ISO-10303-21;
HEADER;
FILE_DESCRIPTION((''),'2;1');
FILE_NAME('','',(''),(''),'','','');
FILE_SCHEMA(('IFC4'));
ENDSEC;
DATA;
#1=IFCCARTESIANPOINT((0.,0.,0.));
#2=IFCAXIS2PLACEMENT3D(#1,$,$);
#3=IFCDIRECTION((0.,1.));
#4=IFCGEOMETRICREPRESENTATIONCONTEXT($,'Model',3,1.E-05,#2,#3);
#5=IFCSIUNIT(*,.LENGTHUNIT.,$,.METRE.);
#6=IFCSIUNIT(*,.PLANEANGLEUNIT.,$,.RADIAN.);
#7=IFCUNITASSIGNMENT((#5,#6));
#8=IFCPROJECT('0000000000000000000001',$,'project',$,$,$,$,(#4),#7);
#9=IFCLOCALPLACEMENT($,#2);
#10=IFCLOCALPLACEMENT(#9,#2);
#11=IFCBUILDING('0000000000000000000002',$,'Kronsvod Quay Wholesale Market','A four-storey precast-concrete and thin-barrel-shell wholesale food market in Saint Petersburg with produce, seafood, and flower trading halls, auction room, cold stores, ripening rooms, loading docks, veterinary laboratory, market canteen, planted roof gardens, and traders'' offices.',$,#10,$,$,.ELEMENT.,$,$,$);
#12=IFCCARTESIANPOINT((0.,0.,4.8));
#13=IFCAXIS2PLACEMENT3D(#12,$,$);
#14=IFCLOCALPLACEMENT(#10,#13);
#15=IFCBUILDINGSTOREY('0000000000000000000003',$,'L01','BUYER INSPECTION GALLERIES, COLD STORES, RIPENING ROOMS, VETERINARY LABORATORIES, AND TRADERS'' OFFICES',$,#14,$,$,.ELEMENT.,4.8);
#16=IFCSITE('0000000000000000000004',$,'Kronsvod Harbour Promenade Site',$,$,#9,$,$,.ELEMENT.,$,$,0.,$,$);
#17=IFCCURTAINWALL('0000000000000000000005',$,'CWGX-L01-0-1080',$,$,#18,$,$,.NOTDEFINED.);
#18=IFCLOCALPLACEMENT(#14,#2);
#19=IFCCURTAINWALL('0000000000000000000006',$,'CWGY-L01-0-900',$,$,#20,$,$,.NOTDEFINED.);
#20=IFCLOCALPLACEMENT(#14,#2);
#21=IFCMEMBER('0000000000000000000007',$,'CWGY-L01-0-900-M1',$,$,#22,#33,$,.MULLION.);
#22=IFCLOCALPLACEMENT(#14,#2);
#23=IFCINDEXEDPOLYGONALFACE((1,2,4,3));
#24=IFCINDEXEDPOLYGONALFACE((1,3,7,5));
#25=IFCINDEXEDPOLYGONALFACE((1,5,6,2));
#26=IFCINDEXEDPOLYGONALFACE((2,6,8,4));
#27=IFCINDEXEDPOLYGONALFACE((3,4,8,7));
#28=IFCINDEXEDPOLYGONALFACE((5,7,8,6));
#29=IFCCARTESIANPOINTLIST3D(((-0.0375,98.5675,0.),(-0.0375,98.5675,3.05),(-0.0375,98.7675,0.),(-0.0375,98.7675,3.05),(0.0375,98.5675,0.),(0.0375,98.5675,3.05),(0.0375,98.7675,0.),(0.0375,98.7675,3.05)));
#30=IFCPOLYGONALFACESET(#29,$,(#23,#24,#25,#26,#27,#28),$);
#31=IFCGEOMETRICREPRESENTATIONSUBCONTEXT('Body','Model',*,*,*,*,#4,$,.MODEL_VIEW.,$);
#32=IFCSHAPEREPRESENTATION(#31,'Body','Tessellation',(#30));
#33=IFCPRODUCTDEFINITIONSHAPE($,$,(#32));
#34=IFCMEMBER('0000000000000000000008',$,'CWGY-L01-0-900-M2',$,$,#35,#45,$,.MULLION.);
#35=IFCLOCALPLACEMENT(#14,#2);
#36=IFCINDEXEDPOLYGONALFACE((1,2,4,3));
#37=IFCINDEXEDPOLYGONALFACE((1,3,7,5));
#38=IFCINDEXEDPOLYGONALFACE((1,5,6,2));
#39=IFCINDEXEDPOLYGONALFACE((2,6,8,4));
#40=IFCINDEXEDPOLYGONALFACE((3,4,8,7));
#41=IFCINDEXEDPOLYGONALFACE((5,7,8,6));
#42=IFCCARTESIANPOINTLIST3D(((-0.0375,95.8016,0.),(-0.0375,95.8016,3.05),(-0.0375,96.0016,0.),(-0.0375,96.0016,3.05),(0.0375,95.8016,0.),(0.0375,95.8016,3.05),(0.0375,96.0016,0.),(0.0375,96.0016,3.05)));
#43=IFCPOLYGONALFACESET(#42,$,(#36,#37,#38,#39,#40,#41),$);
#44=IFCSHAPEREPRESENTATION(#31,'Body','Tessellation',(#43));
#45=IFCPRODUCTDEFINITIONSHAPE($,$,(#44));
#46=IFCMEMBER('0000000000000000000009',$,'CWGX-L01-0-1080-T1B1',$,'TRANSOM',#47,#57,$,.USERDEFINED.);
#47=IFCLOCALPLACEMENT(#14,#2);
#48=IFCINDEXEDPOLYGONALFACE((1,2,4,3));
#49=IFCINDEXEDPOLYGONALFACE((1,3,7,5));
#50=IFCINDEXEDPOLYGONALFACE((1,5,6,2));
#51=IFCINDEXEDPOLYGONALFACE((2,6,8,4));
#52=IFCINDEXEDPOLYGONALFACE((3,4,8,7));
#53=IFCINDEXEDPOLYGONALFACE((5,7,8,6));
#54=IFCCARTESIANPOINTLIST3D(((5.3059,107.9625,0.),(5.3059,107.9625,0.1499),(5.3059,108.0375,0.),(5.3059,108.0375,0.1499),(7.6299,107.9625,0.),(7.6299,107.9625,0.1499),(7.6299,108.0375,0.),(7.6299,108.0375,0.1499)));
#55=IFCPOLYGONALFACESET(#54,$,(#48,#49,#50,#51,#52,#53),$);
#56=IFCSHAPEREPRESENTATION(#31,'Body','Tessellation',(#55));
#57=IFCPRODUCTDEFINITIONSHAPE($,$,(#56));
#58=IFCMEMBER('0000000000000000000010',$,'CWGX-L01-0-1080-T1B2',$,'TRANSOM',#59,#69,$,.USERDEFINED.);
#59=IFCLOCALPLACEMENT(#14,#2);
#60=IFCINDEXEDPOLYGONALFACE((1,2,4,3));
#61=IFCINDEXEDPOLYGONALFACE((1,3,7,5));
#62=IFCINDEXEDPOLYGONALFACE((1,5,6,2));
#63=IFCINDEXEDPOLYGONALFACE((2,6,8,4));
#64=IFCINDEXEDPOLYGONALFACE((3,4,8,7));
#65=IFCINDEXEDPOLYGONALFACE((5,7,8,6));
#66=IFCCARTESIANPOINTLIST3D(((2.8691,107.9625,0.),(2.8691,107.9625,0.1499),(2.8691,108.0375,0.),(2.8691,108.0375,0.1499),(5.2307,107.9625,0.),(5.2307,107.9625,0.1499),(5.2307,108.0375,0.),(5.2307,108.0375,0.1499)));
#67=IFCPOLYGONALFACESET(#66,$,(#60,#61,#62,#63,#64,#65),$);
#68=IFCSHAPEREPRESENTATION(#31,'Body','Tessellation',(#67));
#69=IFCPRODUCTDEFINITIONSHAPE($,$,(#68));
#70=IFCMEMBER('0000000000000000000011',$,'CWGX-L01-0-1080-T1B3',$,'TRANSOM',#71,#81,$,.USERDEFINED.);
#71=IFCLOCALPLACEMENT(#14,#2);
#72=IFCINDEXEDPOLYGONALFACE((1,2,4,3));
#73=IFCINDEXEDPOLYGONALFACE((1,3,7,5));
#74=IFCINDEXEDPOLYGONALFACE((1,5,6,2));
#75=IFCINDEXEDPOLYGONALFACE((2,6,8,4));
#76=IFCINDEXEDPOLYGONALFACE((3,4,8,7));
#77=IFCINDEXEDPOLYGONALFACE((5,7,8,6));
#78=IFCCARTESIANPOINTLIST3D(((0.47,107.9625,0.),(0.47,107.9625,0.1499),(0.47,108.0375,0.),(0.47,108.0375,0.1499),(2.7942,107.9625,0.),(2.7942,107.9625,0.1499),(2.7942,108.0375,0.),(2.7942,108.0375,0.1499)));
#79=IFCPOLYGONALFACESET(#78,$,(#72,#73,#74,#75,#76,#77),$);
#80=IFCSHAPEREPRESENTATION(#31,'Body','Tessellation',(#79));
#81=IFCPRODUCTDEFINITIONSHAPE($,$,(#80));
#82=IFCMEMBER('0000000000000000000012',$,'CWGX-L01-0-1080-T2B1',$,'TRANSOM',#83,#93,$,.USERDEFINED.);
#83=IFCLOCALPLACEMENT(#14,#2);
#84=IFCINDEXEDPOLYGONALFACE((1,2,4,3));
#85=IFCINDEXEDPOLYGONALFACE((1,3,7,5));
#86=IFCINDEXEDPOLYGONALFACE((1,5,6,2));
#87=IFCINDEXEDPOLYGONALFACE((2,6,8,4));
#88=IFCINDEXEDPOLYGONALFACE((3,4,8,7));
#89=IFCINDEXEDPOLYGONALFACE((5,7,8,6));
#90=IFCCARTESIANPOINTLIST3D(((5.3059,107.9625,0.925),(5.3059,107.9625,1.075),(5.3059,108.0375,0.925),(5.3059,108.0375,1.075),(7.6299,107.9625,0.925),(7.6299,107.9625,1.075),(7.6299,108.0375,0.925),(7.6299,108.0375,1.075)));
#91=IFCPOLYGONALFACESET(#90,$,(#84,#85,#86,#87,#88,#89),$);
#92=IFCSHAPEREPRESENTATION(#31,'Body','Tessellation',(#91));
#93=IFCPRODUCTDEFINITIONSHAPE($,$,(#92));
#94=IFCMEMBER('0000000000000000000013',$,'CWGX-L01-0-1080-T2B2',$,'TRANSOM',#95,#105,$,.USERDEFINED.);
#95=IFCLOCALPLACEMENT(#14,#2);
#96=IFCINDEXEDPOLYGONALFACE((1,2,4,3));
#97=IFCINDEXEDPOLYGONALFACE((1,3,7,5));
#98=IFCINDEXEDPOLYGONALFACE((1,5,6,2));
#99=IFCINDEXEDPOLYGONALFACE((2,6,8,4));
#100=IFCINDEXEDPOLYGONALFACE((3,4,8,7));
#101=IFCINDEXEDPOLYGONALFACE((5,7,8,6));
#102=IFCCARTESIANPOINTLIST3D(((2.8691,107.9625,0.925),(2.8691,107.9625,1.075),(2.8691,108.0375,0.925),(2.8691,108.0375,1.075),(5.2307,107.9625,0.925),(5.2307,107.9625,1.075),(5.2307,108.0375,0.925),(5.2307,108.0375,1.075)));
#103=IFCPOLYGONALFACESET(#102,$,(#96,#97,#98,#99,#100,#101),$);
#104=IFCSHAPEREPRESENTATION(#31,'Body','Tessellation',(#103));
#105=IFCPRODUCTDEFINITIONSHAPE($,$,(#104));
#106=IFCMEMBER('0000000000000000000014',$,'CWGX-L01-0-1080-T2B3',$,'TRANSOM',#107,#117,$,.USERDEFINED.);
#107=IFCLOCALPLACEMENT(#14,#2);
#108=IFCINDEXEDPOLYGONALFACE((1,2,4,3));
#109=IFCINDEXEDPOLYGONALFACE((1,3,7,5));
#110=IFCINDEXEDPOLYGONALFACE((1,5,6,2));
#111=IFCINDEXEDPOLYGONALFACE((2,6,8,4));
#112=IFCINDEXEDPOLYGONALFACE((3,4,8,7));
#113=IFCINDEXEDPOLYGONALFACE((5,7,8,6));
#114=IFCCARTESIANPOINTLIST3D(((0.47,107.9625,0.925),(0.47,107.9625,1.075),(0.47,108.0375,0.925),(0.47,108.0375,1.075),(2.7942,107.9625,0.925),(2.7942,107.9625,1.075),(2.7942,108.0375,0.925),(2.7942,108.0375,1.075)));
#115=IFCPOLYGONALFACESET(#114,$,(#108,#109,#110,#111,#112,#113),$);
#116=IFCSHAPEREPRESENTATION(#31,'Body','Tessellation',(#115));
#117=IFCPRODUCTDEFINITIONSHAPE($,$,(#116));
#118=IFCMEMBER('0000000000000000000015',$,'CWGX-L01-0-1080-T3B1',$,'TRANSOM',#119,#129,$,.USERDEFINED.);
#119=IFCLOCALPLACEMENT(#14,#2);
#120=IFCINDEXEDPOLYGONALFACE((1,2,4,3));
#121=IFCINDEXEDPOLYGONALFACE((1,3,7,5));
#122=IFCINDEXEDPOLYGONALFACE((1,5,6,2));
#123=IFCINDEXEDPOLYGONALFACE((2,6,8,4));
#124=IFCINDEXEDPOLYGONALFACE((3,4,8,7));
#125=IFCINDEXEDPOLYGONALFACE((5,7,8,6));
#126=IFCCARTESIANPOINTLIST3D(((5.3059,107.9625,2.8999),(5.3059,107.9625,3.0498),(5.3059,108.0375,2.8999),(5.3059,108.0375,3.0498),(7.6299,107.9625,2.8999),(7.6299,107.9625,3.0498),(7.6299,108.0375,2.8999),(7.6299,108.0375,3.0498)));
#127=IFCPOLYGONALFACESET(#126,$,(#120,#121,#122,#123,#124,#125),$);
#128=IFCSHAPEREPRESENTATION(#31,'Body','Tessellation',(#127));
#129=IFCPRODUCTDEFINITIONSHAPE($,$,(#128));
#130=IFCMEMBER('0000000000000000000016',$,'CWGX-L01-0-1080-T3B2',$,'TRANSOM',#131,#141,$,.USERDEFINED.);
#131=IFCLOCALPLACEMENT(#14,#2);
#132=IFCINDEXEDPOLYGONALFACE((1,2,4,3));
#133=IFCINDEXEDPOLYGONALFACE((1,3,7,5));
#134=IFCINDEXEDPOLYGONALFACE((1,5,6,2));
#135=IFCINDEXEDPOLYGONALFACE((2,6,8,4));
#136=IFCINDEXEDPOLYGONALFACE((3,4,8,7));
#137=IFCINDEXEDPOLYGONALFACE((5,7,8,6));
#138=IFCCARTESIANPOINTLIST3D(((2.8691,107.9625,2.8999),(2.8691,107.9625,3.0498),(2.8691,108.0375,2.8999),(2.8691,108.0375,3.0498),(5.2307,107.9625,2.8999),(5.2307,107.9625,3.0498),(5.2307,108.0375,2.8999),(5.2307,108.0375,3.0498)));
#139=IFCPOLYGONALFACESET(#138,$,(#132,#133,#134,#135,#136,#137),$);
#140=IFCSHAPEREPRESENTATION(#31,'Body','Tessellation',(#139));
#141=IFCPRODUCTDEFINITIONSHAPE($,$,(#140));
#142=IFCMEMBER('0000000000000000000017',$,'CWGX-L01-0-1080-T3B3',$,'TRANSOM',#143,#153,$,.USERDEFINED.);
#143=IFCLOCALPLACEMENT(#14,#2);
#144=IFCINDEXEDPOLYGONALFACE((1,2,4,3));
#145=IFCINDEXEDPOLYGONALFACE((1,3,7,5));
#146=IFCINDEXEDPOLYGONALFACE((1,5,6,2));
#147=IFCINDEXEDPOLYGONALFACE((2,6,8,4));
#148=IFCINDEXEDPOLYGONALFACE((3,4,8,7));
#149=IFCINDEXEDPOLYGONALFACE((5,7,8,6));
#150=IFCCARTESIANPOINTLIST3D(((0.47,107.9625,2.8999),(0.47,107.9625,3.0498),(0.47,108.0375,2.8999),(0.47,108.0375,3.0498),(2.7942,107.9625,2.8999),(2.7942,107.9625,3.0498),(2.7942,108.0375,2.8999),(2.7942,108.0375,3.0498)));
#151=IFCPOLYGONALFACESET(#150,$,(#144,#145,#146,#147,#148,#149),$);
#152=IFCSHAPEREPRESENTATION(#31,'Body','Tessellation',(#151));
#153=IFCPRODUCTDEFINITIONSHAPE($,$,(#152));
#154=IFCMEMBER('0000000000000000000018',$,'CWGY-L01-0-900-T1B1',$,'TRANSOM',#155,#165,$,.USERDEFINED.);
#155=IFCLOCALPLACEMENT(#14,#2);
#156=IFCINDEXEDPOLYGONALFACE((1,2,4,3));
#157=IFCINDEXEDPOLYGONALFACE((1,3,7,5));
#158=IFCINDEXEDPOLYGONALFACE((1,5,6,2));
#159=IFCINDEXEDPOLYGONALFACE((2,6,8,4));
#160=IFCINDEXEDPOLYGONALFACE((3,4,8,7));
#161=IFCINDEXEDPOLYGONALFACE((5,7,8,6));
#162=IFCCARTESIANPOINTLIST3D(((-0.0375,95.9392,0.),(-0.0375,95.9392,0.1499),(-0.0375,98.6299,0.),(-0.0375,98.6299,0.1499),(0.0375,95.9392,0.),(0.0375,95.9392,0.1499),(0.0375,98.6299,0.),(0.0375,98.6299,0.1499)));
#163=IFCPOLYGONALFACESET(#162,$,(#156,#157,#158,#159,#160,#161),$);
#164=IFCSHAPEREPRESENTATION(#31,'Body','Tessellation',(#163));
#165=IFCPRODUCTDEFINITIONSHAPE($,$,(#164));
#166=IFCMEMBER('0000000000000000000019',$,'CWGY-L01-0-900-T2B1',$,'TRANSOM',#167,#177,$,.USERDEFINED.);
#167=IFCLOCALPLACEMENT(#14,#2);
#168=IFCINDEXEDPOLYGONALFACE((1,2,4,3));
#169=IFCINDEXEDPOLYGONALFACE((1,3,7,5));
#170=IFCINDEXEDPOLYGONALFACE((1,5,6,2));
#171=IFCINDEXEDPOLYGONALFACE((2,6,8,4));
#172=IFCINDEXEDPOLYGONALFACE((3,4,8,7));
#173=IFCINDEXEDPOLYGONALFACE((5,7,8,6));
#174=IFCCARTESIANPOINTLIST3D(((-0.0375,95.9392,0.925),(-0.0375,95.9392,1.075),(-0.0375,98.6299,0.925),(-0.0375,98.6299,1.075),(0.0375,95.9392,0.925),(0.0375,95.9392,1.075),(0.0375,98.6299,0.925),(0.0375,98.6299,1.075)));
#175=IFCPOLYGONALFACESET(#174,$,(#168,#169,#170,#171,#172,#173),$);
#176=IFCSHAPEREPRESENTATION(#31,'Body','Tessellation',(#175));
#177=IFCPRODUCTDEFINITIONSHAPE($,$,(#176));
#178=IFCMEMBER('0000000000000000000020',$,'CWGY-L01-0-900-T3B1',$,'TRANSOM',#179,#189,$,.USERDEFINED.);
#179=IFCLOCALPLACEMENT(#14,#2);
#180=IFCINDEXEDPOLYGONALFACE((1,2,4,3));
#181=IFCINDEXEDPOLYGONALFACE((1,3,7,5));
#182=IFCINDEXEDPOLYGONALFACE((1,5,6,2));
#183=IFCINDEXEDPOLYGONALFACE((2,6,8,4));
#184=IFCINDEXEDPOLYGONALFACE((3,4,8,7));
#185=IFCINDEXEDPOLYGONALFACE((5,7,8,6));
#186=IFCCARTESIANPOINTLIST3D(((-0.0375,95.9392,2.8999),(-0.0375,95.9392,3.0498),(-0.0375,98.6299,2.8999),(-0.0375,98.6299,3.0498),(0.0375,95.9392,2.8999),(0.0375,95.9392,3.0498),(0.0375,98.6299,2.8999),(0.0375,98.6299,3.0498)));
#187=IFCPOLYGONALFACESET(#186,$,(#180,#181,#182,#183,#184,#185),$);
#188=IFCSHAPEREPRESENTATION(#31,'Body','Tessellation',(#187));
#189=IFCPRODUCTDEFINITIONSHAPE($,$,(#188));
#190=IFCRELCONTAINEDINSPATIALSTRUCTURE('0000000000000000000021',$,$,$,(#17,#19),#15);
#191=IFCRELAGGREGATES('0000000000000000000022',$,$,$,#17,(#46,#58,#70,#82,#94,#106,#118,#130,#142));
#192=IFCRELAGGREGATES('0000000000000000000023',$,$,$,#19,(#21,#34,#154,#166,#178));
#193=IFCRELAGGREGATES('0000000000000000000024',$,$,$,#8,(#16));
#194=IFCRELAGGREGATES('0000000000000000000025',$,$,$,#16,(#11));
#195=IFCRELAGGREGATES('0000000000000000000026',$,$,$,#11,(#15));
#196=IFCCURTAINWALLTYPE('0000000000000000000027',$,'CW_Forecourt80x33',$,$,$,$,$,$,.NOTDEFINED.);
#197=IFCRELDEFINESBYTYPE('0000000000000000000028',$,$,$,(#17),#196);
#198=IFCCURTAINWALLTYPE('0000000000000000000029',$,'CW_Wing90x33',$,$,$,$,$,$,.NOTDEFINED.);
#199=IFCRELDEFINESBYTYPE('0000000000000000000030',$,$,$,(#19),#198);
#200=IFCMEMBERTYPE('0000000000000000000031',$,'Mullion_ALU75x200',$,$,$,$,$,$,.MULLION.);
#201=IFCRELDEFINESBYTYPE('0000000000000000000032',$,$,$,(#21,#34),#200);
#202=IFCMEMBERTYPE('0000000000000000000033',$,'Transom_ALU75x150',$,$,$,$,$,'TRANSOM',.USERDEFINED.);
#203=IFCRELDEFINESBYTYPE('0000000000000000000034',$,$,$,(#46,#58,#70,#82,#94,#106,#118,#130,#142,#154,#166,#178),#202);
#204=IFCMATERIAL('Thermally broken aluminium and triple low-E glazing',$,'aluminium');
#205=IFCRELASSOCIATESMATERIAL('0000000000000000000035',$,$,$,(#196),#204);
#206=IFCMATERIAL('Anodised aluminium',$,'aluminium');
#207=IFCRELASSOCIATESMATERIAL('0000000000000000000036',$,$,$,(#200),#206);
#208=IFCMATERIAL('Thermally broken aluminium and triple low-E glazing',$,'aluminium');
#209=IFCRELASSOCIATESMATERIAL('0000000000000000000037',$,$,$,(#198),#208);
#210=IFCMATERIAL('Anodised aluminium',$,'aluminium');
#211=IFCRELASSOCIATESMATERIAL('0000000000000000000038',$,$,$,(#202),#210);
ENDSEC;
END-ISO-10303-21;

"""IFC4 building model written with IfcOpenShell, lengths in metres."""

from ifc_helpers import new_model, si_unit, direction, frame, origin, origin_2d, place, context, subcontext, project, spatial, rectangle, extrude, material, material_profile, profile_set, type_object, element, aggregate, save


model = new_model("IFC4")

# Units and contexts
model_context = context("Model", 3, precision=1e-05, world=origin(), true_north=direction((0.0, 1.0)))
body_context = subcontext(model_context, "Body", "Model", "MODEL_VIEW")
ifc_project = project(units=[si_unit("LENGTHUNIT", "METRE"), si_unit("PLANEANGLEUNIT", "RADIAN")], contexts=[model_context])

# Site, building, storey
site_placement = place(None, origin())
site = spatial("IfcSite", under=ifc_project, at=site_placement, Name="Kronsvod Harbour Promenade Site", CompositionType="ELEMENT", RefElevation=0.0)
building_placement = place(site_placement, origin())
building = spatial("IfcBuilding", under=site, at=building_placement, Name="Kronsvod Quay Wholesale Market", Description="A four-storey precast-concrete and thin-barrel-shell wholesale food market in Saint Petersburg with produce, seafood, and flower trading halls, auction room, cold stores, ripening rooms, loading docks, veterinary laboratory, market canteen, planted roof gardens, and traders' offices.", CompositionType="ELEMENT")
storey_placement = place(building_placement, frame((0.0, 0.0, 4.8)))
storey = spatial("IfcBuildingStorey", under=building, at=storey_placement, Name="L01", Description="BUYER INSPECTION GALLERIES, COLD STORES, RIPENING ROOMS, VETERINARY LABORATORIES, AND TRADERS' OFFICES", CompositionType="ELEMENT", Elevation=4.8)

# Curtain walls, members
ifc_material_1 = material(Name="Thermally broken aluminium and triple low-E glazing", Category="aluminium")
curtain_wall_type_1 = type_object("IfcCurtainWallType", Name="CW_Forecourt80x33", PredefinedType="NOTDEFINED", material=ifc_material_1)
curtain_wall_1_placement = place(storey_placement, origin())
curtain_wall_1 = element("IfcCurtainWall", 1, at=curtain_wall_1_placement, inside=storey, type_object=curtain_wall_type_1, Name="CWGX-L01-0-1080", PredefinedType="NOTDEFINED")
ifc_material_2 = material(Name="Anodised aluminium", Category="aluminium")
ifc_material_profile_1 = material_profile(ifc_material_2, rectangle(XDim=0.075, YDim=0.2, at=origin_2d()), Name="ALUM75x200")
ifc_profile_set_1 = profile_set([ifc_material_profile_1], Name="Anodised aluminium")
member_type_1 = type_object("IfcMemberType", Name="Mullion_ALU75x200", PredefinedType="MULLION", material=ifc_profile_set_1)
ifc_material_3 = material(Name="Thermally broken aluminium and triple low-E glazing", Category="aluminium")
curtain_wall_type_2 = type_object("IfcCurtainWallType", Name="CW_Wing90x33", PredefinedType="NOTDEFINED", material=ifc_material_3)
curtain_wall_2_placement = place(storey_placement, origin())
curtain_wall_2 = element("IfcCurtainWall", 2, at=curtain_wall_2_placement, inside=storey, type_object=curtain_wall_type_2, Name="CWGY-L01-0-900", PredefinedType="NOTDEFINED")
member_1_placement = place(storey_placement, frame((0.0, 98.6675, 0.0), z_axis=(0.0, 0.0, 1.0), x_axis=(1.0, 0.0, 0.0)))
member_1 = element("IfcMember", 3, at=member_1_placement, type_object=member_type_1, Name="CWGY-L01-0-900-M1", PredefinedType="MULLION", context=body_context, shape_type="SweptSolid", body=[
    extrude(rectangle(XDim=0.075, YDim=0.2, at=origin_2d()), origin(), (0.0, 0.0, 1.0), 3.05),
])
member_2_placement = place(storey_placement, frame((0.0, 95.9016, 0.0), z_axis=(0.0, 0.0, 1.0), x_axis=(1.0, 0.0, 0.0)))
member_2 = element("IfcMember", 4, at=member_2_placement, type_object=member_type_1, Name="CWGY-L01-0-900-M2", PredefinedType="MULLION", context=body_context, shape_type="SweptSolid", body=[
    extrude(rectangle(XDim=0.075, YDim=0.2, at=origin_2d()), origin(), (0.0, 0.0, 1.0), 3.05),
])

# Members
ifc_material_4 = material(Name="Anodised aluminium", Category="aluminium")
ifc_material_profile_2 = material_profile(ifc_material_4, rectangle(XDim=0.075, YDim=0.1499, at=origin_2d()), Name="ALUT75x150")
ifc_profile_set_2 = profile_set([ifc_material_profile_2], Name="Anodised aluminium")
member_type_2 = type_object("IfcMemberType", Name="Transom_ALU75x150", ElementType="TRANSOM", PredefinedType="USERDEFINED", material=ifc_profile_set_2)
member_3_placement = place(storey_placement, frame((7.6299, 108.0, 0.075), z_axis=(-1.0, 0.0, 0.0), x_axis=(0.0, -1.0, 0.0)))
member_3 = element("IfcMember", 5, at=member_3_placement, type_object=member_type_2, Name="CWGX-L01-0-1080-T1B1", ObjectType="TRANSOM", PredefinedType="USERDEFINED", context=body_context, shape_type="SweptSolid", body=[
    extrude(rectangle(XDim=0.075, YDim=0.1499, at=origin_2d()), origin(), (0.0, 0.0, 1.0), 2.324),
])
member_4_placement = place(storey_placement, frame((5.2307, 108.0, 0.075), z_axis=(-1.0, 0.0, 0.0), x_axis=(0.0, -1.0, 0.0)))
member_4 = element("IfcMember", 6, at=member_4_placement, type_object=member_type_2, Name="CWGX-L01-0-1080-T1B2", ObjectType="TRANSOM", PredefinedType="USERDEFINED", context=body_context, shape_type="SweptSolid", body=[
    extrude(rectangle(XDim=0.075, YDim=0.1499, at=origin_2d()), origin(), (0.0, 0.0, 1.0), 2.3616),
])
member_5_placement = place(storey_placement, frame((2.7942, 108.0, 0.075), z_axis=(-1.0, 0.0, 0.0), x_axis=(0.0, -1.0, 0.0)))
member_5 = element("IfcMember", 7, at=member_5_placement, type_object=member_type_2, Name="CWGX-L01-0-1080-T1B3", ObjectType="TRANSOM", PredefinedType="USERDEFINED", context=body_context, shape_type="SweptSolid", body=[
    extrude(rectangle(XDim=0.075, YDim=0.1499, at=origin_2d()), origin(), (0.0, 0.0, 1.0), 2.3242),
])
member_6_placement = place(storey_placement, frame((7.6299, 108.0, 1.0), z_axis=(-1.0, 0.0, 0.0), x_axis=(0.0, -1.0, 0.0)))
member_6 = element("IfcMember", 8, at=member_6_placement, type_object=member_type_2, Name="CWGX-L01-0-1080-T2B1", ObjectType="TRANSOM", PredefinedType="USERDEFINED", context=body_context, shape_type="SweptSolid", body=[
    extrude(rectangle(XDim=0.075, YDim=0.1499, at=origin_2d()), origin(), (0.0, 0.0, 1.0), 2.324),
])
member_7_placement = place(storey_placement, frame((5.2307, 108.0, 1.0), z_axis=(-1.0, 0.0, 0.0), x_axis=(0.0, -1.0, 0.0)))
member_7 = element("IfcMember", 9, at=member_7_placement, type_object=member_type_2, Name="CWGX-L01-0-1080-T2B2", ObjectType="TRANSOM", PredefinedType="USERDEFINED", context=body_context, shape_type="SweptSolid", body=[
    extrude(rectangle(XDim=0.075, YDim=0.1499, at=origin_2d()), origin(), (0.0, 0.0, 1.0), 2.3616),
])
member_8_placement = place(storey_placement, frame((2.7942, 108.0, 1.0), z_axis=(-1.0, 0.0, 0.0), x_axis=(0.0, -1.0, 0.0)))
member_8 = element("IfcMember", 10, at=member_8_placement, type_object=member_type_2, Name="CWGX-L01-0-1080-T2B3", ObjectType="TRANSOM", PredefinedType="USERDEFINED", context=body_context, shape_type="SweptSolid", body=[
    extrude(rectangle(XDim=0.075, YDim=0.1499, at=origin_2d()), origin(), (0.0, 0.0, 1.0), 2.3242),
])
member_9_placement = place(storey_placement, frame((7.6299, 108.0, 2.9749), z_axis=(-1.0, 0.0, 0.0), x_axis=(0.0, -1.0, 0.0)))
member_9 = element("IfcMember", 11, at=member_9_placement, type_object=member_type_2, Name="CWGX-L01-0-1080-T3B1", ObjectType="TRANSOM", PredefinedType="USERDEFINED", context=body_context, shape_type="SweptSolid", body=[
    extrude(rectangle(XDim=0.075, YDim=0.1499, at=origin_2d()), origin(), (0.0, 0.0, 1.0), 2.324),
])
member_10_placement = place(storey_placement, frame((5.2307, 108.0, 2.9749), z_axis=(-1.0, 0.0, 0.0), x_axis=(0.0, -1.0, 0.0)))
member_10 = element("IfcMember", 12, at=member_10_placement, type_object=member_type_2, Name="CWGX-L01-0-1080-T3B2", ObjectType="TRANSOM", PredefinedType="USERDEFINED", context=body_context, shape_type="SweptSolid", body=[
    extrude(rectangle(XDim=0.075, YDim=0.1499, at=origin_2d()), origin(), (0.0, 0.0, 1.0), 2.3616),
])
member_11_placement = place(storey_placement, frame((2.7942, 108.0, 2.9749), z_axis=(-1.0, 0.0, 0.0), x_axis=(0.0, -1.0, 0.0)))
member_11 = element("IfcMember", 13, at=member_11_placement, type_object=member_type_2, Name="CWGX-L01-0-1080-T3B3", ObjectType="TRANSOM", PredefinedType="USERDEFINED", context=body_context, shape_type="SweptSolid", body=[
    extrude(rectangle(XDim=0.075, YDim=0.1499, at=origin_2d()), origin(), (0.0, 0.0, 1.0), 2.3242),
])
member_12_placement = place(storey_placement, frame((0.0, 98.6299, 0.075), z_axis=(0.0, -1.0, 0.0), x_axis=(1.0, 0.0, 0.0)))
member_12 = element("IfcMember", 14, at=member_12_placement, type_object=member_type_2, Name="CWGY-L01-0-900-T1B1", ObjectType="TRANSOM", PredefinedType="USERDEFINED", context=body_context, shape_type="SweptSolid", body=[
    extrude(rectangle(XDim=0.075, YDim=0.1499, at=origin_2d()), origin(), (0.0, 0.0, 1.0), 2.6907),
])
member_13_placement = place(storey_placement, frame((0.0, 98.6299, 1.0), z_axis=(0.0, -1.0, 0.0), x_axis=(1.0, 0.0, 0.0)))
member_13 = element("IfcMember", 15, at=member_13_placement, type_object=member_type_2, Name="CWGY-L01-0-900-T2B1", ObjectType="TRANSOM", PredefinedType="USERDEFINED", context=body_context, shape_type="SweptSolid", body=[
    extrude(rectangle(XDim=0.075, YDim=0.1499, at=origin_2d()), origin(), (0.0, 0.0, 1.0), 2.6907),
])
member_14_placement = place(storey_placement, frame((0.0, 98.6299, 2.9749), z_axis=(0.0, -1.0, 0.0), x_axis=(1.0, 0.0, 0.0)))
member_14 = element("IfcMember", 16, at=member_14_placement, type_object=member_type_2, Name="CWGY-L01-0-900-T3B1", ObjectType="TRANSOM", PredefinedType="USERDEFINED", context=body_context, shape_type="SweptSolid", body=[
    extrude(rectangle(XDim=0.075, YDim=0.1499, at=origin_2d()), origin(), (0.0, 0.0, 1.0), 2.6907),
])

aggregate(curtain_wall_1, [member_3, member_4, member_5, member_6, member_7, member_8, member_9, member_10, member_11])
aggregate(curtain_wall_2, [member_1, member_2, member_12, member_13, member_14])

save(model, "model.ifc")
